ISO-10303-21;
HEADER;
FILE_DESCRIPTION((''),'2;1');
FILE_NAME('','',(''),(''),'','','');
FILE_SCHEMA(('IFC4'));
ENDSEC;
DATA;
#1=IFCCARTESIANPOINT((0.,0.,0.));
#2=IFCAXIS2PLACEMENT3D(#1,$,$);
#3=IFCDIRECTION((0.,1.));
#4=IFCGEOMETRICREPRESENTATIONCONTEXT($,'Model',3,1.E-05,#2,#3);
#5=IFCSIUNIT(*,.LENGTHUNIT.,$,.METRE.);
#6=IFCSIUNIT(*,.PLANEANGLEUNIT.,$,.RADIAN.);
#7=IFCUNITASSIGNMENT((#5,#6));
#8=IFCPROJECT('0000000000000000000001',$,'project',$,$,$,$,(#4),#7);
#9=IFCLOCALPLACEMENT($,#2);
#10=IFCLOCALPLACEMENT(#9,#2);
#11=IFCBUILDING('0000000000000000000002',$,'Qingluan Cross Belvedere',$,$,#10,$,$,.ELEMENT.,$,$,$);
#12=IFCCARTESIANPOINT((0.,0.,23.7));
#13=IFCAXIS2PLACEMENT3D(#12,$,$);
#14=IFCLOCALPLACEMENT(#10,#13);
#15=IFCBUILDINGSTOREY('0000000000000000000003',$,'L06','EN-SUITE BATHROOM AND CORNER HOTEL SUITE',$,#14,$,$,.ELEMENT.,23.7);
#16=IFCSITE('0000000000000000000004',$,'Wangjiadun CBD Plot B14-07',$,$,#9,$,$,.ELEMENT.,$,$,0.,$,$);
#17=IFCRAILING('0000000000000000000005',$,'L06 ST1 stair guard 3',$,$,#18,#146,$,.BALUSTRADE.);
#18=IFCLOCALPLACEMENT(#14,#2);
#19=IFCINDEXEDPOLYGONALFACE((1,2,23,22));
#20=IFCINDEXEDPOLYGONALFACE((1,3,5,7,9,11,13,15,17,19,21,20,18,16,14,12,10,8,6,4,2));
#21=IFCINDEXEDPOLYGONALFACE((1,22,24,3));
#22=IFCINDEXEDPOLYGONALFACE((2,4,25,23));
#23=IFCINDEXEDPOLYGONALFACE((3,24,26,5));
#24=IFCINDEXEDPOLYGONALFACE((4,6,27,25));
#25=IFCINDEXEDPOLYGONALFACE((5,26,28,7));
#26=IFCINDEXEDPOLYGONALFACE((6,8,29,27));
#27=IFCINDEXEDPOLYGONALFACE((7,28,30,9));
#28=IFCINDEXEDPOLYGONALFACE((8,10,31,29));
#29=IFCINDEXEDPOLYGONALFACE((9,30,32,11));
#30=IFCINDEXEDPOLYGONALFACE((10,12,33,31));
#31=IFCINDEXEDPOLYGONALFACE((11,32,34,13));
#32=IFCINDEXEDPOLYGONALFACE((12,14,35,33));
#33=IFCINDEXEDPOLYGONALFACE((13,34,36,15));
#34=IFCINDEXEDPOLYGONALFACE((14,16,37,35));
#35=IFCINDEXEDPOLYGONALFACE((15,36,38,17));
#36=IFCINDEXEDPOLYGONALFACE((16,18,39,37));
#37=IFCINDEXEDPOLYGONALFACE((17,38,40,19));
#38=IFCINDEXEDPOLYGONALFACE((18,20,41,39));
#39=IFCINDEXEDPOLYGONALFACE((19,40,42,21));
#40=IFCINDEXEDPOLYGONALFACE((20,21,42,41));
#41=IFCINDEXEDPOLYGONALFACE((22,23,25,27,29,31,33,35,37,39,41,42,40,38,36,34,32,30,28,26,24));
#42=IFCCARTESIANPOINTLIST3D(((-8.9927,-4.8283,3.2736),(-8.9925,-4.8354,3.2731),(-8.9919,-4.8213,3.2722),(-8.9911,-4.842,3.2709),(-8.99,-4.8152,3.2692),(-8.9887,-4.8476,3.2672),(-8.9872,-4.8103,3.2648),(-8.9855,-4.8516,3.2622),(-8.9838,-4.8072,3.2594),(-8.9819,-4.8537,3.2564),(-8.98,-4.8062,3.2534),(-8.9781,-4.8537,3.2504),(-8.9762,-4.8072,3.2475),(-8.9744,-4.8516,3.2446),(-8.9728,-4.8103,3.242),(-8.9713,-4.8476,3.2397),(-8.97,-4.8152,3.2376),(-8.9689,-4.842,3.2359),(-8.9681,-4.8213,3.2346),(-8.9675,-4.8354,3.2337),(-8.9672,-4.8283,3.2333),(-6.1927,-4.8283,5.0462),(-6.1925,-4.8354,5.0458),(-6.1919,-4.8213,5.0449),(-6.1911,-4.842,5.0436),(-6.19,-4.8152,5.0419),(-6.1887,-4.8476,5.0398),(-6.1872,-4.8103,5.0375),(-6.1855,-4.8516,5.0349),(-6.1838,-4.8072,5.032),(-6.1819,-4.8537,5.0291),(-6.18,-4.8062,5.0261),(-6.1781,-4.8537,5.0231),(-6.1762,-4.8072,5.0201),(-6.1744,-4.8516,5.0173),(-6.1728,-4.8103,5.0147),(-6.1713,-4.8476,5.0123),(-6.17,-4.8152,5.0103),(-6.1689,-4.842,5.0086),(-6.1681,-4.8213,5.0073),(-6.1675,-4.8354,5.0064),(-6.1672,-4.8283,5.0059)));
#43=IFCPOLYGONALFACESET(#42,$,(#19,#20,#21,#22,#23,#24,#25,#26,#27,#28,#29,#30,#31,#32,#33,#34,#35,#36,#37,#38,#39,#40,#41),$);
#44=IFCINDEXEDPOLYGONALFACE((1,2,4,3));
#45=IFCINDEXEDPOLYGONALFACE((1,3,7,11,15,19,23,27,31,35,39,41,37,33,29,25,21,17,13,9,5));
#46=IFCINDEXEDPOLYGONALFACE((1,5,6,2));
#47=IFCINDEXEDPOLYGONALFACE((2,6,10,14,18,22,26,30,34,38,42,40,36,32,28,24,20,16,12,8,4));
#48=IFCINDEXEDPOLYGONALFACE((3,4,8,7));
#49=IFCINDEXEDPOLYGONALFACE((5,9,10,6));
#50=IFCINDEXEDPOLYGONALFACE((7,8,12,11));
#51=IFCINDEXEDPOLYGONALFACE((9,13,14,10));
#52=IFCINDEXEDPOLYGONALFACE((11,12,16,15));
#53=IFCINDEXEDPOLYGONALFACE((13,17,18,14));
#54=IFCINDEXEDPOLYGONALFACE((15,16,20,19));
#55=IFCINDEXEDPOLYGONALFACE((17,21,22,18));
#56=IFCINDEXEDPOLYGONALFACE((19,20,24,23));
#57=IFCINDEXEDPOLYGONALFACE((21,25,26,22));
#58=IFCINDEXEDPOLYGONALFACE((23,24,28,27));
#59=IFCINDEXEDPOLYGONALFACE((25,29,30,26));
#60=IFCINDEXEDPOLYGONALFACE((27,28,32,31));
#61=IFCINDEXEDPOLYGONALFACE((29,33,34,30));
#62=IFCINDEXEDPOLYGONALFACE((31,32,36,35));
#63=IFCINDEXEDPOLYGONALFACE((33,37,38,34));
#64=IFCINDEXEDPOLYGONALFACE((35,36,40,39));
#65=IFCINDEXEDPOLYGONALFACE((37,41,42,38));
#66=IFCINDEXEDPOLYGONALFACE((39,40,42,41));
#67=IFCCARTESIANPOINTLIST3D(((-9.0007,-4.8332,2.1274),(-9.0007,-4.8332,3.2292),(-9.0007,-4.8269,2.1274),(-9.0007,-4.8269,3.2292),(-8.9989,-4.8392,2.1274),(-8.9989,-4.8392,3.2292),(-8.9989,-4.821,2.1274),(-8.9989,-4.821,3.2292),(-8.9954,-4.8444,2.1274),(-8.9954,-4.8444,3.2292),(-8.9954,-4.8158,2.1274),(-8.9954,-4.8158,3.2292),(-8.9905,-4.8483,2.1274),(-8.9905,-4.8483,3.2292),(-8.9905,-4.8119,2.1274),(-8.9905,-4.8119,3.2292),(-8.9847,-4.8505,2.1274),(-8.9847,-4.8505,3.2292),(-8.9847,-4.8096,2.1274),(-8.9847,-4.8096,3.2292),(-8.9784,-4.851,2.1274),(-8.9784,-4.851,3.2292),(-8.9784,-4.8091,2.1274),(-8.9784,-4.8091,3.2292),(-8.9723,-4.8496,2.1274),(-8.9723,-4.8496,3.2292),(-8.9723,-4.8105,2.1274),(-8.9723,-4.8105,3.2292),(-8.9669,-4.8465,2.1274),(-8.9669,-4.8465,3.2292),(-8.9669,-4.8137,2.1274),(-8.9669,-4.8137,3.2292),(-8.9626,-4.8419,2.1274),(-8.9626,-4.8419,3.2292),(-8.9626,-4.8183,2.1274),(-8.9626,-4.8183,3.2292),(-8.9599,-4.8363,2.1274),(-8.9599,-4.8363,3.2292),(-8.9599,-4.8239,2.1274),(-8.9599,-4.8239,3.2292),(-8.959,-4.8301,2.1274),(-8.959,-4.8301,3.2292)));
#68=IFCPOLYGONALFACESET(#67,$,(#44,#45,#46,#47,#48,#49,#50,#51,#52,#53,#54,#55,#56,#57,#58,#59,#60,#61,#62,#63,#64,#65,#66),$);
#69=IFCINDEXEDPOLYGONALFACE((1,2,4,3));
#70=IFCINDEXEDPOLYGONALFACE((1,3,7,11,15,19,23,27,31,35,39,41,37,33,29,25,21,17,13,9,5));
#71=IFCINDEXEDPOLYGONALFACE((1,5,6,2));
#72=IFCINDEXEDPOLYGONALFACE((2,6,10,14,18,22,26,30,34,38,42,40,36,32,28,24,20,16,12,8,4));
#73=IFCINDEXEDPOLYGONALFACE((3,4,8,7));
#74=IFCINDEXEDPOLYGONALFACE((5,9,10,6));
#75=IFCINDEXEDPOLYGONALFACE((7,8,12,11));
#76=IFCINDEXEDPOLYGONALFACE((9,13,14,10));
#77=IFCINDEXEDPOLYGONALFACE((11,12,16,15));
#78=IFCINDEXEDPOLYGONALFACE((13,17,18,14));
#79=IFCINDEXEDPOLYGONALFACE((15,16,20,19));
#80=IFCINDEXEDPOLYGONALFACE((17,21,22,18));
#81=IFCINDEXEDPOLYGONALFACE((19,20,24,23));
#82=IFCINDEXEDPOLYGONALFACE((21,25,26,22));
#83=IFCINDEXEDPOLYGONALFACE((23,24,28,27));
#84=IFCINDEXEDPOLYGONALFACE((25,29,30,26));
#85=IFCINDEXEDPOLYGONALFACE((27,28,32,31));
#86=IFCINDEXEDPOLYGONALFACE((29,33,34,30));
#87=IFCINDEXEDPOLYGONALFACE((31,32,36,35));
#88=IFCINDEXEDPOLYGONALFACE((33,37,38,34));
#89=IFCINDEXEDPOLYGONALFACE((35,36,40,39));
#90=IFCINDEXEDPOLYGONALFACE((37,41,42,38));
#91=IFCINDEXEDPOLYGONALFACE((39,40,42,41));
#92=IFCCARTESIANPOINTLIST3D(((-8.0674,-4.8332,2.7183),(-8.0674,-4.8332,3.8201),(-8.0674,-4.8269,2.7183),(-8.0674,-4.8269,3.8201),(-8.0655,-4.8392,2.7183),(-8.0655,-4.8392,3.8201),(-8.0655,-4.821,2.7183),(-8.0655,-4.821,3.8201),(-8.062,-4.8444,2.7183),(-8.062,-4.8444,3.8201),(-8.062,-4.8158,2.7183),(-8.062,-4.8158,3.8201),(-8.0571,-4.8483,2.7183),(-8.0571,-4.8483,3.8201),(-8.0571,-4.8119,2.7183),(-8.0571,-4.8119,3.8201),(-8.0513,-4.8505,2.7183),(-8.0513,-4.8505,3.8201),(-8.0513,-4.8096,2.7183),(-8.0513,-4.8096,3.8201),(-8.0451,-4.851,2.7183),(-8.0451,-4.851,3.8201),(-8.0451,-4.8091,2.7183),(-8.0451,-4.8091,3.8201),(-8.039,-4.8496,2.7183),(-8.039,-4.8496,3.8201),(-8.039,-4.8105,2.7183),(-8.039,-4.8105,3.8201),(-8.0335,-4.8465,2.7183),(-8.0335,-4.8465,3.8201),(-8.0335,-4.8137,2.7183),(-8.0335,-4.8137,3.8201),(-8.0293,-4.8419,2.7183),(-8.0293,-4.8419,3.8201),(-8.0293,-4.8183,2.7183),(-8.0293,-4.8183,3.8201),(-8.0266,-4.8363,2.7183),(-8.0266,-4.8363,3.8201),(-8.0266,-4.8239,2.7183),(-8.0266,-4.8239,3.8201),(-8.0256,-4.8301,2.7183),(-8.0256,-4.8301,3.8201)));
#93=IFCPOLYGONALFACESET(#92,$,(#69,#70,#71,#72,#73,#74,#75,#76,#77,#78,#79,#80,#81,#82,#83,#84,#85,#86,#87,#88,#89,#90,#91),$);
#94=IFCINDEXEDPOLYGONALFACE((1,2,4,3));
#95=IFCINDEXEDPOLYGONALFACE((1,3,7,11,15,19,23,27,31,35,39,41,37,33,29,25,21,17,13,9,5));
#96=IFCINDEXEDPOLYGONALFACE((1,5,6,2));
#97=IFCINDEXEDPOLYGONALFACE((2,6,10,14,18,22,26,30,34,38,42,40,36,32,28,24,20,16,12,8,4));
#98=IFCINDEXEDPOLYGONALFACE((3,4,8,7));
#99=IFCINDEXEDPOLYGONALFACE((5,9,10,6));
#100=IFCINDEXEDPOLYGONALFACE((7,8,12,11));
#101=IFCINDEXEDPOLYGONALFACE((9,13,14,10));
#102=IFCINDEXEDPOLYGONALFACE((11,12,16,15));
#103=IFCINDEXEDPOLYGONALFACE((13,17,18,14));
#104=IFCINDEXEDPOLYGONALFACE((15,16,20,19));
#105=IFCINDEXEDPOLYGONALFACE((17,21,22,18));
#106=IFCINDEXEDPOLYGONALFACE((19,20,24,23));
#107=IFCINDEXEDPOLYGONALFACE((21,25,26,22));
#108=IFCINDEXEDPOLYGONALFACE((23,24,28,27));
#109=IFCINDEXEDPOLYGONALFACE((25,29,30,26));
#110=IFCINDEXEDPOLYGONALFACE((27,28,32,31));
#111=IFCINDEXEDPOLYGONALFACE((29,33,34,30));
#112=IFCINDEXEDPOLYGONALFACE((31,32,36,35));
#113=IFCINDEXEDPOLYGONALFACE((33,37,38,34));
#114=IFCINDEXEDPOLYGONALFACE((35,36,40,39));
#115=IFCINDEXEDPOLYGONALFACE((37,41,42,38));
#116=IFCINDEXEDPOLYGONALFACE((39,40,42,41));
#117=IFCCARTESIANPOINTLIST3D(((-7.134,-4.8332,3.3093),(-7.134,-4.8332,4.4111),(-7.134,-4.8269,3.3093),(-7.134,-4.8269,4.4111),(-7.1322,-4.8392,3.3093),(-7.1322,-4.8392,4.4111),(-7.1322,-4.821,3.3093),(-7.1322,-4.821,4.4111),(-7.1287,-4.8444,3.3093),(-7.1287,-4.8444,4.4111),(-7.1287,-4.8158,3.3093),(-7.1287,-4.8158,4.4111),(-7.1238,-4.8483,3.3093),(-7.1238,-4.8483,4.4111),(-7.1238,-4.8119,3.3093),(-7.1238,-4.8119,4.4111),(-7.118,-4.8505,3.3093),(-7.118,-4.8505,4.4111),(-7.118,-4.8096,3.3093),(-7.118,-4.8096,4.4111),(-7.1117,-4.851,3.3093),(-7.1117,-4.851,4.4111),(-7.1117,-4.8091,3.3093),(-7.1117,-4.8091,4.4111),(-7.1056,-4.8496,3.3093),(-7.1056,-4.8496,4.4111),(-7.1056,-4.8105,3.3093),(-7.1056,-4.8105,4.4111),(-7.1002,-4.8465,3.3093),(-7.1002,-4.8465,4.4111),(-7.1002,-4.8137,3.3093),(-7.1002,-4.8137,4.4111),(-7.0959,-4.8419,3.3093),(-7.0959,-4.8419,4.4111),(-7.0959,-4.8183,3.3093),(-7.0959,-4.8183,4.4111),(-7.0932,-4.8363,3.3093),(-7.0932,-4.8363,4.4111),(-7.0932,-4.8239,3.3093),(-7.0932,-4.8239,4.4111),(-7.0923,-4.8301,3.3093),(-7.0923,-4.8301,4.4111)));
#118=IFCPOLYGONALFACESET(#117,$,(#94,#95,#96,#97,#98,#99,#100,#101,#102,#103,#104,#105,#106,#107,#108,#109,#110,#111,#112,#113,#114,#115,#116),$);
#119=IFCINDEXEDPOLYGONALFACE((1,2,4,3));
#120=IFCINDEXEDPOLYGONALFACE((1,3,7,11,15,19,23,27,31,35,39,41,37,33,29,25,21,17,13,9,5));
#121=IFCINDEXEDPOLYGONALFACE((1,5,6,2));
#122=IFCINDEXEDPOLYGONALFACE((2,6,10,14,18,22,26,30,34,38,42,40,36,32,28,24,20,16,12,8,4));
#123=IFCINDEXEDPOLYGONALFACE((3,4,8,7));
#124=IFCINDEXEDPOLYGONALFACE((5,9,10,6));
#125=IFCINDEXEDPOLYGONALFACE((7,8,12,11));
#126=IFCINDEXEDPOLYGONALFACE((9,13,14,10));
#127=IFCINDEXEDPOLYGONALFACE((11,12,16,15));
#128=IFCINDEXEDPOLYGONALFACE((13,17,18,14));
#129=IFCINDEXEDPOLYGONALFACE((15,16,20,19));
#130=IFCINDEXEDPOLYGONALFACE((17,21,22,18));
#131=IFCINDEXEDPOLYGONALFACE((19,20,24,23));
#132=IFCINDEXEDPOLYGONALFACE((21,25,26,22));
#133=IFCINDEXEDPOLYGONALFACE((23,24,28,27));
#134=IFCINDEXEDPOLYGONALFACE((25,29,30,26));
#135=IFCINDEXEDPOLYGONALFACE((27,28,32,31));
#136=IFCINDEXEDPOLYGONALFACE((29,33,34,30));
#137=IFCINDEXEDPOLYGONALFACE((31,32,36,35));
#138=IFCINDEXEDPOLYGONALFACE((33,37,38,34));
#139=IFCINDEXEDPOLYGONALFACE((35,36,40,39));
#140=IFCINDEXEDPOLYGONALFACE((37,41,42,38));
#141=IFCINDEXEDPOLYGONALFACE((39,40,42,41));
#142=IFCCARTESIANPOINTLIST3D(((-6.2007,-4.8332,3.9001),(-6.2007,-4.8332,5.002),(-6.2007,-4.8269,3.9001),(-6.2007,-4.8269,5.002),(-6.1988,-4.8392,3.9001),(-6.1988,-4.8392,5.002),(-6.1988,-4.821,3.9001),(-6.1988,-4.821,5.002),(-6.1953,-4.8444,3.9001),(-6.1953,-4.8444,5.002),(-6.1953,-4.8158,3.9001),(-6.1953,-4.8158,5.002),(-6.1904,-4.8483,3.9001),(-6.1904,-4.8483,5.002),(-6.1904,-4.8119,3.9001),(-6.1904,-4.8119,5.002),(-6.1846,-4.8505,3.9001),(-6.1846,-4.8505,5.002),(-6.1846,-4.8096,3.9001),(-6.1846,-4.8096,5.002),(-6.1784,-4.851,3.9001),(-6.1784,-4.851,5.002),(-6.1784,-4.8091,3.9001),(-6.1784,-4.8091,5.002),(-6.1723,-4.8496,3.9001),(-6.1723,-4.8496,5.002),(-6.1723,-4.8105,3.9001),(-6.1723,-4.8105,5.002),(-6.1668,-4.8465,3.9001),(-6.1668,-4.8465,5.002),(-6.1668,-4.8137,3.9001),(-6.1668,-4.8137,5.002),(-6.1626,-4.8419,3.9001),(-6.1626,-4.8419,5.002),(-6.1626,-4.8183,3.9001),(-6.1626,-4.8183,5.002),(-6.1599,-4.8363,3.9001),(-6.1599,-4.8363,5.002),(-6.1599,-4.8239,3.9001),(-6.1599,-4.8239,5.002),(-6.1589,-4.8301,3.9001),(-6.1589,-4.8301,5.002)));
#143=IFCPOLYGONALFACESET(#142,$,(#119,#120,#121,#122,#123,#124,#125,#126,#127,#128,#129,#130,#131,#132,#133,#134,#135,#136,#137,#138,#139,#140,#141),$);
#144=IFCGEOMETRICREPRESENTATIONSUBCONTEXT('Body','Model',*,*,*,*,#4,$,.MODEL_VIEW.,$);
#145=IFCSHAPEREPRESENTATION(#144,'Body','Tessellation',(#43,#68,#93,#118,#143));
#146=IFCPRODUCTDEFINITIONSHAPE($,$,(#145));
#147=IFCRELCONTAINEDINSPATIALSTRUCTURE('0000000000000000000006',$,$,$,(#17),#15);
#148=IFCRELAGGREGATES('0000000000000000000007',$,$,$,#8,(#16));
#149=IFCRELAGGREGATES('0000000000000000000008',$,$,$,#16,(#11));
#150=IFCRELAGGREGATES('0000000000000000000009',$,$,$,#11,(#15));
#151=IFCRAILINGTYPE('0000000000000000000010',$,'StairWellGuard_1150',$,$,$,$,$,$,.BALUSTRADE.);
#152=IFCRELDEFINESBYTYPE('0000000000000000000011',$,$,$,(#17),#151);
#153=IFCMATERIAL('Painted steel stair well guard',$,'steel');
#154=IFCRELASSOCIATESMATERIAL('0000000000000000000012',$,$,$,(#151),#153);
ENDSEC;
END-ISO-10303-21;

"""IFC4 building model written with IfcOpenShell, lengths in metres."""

from ifc_helpers import new_model, si_unit, direction, frame, origin, origin_2d, place, context, subcontext, project, spatial, circle, extrude, material, type_object, element, save


model = new_model("IFC4")

# Units and contexts
model_context = context("Model", 3, precision=1e-05, world=origin(), true_north=direction((0.0, 1.0)))
body_context = subcontext(model_context, "Body", "Model", "MODEL_VIEW")
ifc_project = project(units=[si_unit("LENGTHUNIT", "METRE"), si_unit("PLANEANGLEUNIT", "RADIAN")], contexts=[model_context])

# Site, building, storey
site_placement = place(None, origin())
site = spatial("IfcSite", under=ifc_project, at=site_placement, Name="Wangjiadun CBD Plot B14-07", CompositionType="ELEMENT", RefElevation=0.0)
building_placement = place(site_placement, origin())
building = spatial("IfcBuilding", under=site, at=building_placement, Name="Qingluan Cross Belvedere", CompositionType="ELEMENT")
storey_placement = place(building_placement, frame((0.0, 0.0, 23.7)))
storey = spatial("IfcBuildingStorey", under=building, at=storey_placement, Name="L06", Description="EN-SUITE BATHROOM AND CORNER HOTEL SUITE", CompositionType="ELEMENT", Elevation=23.7)

# Railing
ifc_material_1 = material(Name="Painted steel stair well guard", Category="steel")
railing_type_1 = type_object("IfcRailingType", Name="StairWellGuard_1150", PredefinedType="BALUSTRADE", material=ifc_material_1)
railing_1_placement = place(storey_placement, frame((-8.98, -4.8301, 2.1274)))
element("IfcRailing", 1, at=railing_1_placement, inside=storey, type_object=railing_type_1, Name="L06 ST1 stair guard 3", PredefinedType="BALUSTRADE", context=body_context, shape_type="SweptSolid", body=[
    extrude(circle(Radius=0.0239, at=origin_2d()), frame((0.0, 0.0, 1.126), z_axis=(0.844909, 0.0, 0.53491), x_axis=(0.0, 1.0, 0.0)), (0.0, 0.0, 1.0), 3.314),
    extrude(circle(Radius=0.021, at=origin_2d()), origin(), (0.0, 0.0, 1.0), 1.1018),
    extrude(circle(Radius=0.021, at=origin_2d()), frame((0.9333, 0.0, 0.5908)), (0.0, 0.0, 1.0), 1.1018),
    extrude(circle(Radius=0.021, at=origin_2d()), frame((1.8667, 0.0, 1.1819)), (0.0, 0.0, 1.0), 1.1018),
    extrude(circle(Radius=0.021, at=origin_2d()), frame((2.8, 0.0, 1.7727)), (0.0, 0.0, 1.0), 1.1018),
])

save(model, "model.ifc")
